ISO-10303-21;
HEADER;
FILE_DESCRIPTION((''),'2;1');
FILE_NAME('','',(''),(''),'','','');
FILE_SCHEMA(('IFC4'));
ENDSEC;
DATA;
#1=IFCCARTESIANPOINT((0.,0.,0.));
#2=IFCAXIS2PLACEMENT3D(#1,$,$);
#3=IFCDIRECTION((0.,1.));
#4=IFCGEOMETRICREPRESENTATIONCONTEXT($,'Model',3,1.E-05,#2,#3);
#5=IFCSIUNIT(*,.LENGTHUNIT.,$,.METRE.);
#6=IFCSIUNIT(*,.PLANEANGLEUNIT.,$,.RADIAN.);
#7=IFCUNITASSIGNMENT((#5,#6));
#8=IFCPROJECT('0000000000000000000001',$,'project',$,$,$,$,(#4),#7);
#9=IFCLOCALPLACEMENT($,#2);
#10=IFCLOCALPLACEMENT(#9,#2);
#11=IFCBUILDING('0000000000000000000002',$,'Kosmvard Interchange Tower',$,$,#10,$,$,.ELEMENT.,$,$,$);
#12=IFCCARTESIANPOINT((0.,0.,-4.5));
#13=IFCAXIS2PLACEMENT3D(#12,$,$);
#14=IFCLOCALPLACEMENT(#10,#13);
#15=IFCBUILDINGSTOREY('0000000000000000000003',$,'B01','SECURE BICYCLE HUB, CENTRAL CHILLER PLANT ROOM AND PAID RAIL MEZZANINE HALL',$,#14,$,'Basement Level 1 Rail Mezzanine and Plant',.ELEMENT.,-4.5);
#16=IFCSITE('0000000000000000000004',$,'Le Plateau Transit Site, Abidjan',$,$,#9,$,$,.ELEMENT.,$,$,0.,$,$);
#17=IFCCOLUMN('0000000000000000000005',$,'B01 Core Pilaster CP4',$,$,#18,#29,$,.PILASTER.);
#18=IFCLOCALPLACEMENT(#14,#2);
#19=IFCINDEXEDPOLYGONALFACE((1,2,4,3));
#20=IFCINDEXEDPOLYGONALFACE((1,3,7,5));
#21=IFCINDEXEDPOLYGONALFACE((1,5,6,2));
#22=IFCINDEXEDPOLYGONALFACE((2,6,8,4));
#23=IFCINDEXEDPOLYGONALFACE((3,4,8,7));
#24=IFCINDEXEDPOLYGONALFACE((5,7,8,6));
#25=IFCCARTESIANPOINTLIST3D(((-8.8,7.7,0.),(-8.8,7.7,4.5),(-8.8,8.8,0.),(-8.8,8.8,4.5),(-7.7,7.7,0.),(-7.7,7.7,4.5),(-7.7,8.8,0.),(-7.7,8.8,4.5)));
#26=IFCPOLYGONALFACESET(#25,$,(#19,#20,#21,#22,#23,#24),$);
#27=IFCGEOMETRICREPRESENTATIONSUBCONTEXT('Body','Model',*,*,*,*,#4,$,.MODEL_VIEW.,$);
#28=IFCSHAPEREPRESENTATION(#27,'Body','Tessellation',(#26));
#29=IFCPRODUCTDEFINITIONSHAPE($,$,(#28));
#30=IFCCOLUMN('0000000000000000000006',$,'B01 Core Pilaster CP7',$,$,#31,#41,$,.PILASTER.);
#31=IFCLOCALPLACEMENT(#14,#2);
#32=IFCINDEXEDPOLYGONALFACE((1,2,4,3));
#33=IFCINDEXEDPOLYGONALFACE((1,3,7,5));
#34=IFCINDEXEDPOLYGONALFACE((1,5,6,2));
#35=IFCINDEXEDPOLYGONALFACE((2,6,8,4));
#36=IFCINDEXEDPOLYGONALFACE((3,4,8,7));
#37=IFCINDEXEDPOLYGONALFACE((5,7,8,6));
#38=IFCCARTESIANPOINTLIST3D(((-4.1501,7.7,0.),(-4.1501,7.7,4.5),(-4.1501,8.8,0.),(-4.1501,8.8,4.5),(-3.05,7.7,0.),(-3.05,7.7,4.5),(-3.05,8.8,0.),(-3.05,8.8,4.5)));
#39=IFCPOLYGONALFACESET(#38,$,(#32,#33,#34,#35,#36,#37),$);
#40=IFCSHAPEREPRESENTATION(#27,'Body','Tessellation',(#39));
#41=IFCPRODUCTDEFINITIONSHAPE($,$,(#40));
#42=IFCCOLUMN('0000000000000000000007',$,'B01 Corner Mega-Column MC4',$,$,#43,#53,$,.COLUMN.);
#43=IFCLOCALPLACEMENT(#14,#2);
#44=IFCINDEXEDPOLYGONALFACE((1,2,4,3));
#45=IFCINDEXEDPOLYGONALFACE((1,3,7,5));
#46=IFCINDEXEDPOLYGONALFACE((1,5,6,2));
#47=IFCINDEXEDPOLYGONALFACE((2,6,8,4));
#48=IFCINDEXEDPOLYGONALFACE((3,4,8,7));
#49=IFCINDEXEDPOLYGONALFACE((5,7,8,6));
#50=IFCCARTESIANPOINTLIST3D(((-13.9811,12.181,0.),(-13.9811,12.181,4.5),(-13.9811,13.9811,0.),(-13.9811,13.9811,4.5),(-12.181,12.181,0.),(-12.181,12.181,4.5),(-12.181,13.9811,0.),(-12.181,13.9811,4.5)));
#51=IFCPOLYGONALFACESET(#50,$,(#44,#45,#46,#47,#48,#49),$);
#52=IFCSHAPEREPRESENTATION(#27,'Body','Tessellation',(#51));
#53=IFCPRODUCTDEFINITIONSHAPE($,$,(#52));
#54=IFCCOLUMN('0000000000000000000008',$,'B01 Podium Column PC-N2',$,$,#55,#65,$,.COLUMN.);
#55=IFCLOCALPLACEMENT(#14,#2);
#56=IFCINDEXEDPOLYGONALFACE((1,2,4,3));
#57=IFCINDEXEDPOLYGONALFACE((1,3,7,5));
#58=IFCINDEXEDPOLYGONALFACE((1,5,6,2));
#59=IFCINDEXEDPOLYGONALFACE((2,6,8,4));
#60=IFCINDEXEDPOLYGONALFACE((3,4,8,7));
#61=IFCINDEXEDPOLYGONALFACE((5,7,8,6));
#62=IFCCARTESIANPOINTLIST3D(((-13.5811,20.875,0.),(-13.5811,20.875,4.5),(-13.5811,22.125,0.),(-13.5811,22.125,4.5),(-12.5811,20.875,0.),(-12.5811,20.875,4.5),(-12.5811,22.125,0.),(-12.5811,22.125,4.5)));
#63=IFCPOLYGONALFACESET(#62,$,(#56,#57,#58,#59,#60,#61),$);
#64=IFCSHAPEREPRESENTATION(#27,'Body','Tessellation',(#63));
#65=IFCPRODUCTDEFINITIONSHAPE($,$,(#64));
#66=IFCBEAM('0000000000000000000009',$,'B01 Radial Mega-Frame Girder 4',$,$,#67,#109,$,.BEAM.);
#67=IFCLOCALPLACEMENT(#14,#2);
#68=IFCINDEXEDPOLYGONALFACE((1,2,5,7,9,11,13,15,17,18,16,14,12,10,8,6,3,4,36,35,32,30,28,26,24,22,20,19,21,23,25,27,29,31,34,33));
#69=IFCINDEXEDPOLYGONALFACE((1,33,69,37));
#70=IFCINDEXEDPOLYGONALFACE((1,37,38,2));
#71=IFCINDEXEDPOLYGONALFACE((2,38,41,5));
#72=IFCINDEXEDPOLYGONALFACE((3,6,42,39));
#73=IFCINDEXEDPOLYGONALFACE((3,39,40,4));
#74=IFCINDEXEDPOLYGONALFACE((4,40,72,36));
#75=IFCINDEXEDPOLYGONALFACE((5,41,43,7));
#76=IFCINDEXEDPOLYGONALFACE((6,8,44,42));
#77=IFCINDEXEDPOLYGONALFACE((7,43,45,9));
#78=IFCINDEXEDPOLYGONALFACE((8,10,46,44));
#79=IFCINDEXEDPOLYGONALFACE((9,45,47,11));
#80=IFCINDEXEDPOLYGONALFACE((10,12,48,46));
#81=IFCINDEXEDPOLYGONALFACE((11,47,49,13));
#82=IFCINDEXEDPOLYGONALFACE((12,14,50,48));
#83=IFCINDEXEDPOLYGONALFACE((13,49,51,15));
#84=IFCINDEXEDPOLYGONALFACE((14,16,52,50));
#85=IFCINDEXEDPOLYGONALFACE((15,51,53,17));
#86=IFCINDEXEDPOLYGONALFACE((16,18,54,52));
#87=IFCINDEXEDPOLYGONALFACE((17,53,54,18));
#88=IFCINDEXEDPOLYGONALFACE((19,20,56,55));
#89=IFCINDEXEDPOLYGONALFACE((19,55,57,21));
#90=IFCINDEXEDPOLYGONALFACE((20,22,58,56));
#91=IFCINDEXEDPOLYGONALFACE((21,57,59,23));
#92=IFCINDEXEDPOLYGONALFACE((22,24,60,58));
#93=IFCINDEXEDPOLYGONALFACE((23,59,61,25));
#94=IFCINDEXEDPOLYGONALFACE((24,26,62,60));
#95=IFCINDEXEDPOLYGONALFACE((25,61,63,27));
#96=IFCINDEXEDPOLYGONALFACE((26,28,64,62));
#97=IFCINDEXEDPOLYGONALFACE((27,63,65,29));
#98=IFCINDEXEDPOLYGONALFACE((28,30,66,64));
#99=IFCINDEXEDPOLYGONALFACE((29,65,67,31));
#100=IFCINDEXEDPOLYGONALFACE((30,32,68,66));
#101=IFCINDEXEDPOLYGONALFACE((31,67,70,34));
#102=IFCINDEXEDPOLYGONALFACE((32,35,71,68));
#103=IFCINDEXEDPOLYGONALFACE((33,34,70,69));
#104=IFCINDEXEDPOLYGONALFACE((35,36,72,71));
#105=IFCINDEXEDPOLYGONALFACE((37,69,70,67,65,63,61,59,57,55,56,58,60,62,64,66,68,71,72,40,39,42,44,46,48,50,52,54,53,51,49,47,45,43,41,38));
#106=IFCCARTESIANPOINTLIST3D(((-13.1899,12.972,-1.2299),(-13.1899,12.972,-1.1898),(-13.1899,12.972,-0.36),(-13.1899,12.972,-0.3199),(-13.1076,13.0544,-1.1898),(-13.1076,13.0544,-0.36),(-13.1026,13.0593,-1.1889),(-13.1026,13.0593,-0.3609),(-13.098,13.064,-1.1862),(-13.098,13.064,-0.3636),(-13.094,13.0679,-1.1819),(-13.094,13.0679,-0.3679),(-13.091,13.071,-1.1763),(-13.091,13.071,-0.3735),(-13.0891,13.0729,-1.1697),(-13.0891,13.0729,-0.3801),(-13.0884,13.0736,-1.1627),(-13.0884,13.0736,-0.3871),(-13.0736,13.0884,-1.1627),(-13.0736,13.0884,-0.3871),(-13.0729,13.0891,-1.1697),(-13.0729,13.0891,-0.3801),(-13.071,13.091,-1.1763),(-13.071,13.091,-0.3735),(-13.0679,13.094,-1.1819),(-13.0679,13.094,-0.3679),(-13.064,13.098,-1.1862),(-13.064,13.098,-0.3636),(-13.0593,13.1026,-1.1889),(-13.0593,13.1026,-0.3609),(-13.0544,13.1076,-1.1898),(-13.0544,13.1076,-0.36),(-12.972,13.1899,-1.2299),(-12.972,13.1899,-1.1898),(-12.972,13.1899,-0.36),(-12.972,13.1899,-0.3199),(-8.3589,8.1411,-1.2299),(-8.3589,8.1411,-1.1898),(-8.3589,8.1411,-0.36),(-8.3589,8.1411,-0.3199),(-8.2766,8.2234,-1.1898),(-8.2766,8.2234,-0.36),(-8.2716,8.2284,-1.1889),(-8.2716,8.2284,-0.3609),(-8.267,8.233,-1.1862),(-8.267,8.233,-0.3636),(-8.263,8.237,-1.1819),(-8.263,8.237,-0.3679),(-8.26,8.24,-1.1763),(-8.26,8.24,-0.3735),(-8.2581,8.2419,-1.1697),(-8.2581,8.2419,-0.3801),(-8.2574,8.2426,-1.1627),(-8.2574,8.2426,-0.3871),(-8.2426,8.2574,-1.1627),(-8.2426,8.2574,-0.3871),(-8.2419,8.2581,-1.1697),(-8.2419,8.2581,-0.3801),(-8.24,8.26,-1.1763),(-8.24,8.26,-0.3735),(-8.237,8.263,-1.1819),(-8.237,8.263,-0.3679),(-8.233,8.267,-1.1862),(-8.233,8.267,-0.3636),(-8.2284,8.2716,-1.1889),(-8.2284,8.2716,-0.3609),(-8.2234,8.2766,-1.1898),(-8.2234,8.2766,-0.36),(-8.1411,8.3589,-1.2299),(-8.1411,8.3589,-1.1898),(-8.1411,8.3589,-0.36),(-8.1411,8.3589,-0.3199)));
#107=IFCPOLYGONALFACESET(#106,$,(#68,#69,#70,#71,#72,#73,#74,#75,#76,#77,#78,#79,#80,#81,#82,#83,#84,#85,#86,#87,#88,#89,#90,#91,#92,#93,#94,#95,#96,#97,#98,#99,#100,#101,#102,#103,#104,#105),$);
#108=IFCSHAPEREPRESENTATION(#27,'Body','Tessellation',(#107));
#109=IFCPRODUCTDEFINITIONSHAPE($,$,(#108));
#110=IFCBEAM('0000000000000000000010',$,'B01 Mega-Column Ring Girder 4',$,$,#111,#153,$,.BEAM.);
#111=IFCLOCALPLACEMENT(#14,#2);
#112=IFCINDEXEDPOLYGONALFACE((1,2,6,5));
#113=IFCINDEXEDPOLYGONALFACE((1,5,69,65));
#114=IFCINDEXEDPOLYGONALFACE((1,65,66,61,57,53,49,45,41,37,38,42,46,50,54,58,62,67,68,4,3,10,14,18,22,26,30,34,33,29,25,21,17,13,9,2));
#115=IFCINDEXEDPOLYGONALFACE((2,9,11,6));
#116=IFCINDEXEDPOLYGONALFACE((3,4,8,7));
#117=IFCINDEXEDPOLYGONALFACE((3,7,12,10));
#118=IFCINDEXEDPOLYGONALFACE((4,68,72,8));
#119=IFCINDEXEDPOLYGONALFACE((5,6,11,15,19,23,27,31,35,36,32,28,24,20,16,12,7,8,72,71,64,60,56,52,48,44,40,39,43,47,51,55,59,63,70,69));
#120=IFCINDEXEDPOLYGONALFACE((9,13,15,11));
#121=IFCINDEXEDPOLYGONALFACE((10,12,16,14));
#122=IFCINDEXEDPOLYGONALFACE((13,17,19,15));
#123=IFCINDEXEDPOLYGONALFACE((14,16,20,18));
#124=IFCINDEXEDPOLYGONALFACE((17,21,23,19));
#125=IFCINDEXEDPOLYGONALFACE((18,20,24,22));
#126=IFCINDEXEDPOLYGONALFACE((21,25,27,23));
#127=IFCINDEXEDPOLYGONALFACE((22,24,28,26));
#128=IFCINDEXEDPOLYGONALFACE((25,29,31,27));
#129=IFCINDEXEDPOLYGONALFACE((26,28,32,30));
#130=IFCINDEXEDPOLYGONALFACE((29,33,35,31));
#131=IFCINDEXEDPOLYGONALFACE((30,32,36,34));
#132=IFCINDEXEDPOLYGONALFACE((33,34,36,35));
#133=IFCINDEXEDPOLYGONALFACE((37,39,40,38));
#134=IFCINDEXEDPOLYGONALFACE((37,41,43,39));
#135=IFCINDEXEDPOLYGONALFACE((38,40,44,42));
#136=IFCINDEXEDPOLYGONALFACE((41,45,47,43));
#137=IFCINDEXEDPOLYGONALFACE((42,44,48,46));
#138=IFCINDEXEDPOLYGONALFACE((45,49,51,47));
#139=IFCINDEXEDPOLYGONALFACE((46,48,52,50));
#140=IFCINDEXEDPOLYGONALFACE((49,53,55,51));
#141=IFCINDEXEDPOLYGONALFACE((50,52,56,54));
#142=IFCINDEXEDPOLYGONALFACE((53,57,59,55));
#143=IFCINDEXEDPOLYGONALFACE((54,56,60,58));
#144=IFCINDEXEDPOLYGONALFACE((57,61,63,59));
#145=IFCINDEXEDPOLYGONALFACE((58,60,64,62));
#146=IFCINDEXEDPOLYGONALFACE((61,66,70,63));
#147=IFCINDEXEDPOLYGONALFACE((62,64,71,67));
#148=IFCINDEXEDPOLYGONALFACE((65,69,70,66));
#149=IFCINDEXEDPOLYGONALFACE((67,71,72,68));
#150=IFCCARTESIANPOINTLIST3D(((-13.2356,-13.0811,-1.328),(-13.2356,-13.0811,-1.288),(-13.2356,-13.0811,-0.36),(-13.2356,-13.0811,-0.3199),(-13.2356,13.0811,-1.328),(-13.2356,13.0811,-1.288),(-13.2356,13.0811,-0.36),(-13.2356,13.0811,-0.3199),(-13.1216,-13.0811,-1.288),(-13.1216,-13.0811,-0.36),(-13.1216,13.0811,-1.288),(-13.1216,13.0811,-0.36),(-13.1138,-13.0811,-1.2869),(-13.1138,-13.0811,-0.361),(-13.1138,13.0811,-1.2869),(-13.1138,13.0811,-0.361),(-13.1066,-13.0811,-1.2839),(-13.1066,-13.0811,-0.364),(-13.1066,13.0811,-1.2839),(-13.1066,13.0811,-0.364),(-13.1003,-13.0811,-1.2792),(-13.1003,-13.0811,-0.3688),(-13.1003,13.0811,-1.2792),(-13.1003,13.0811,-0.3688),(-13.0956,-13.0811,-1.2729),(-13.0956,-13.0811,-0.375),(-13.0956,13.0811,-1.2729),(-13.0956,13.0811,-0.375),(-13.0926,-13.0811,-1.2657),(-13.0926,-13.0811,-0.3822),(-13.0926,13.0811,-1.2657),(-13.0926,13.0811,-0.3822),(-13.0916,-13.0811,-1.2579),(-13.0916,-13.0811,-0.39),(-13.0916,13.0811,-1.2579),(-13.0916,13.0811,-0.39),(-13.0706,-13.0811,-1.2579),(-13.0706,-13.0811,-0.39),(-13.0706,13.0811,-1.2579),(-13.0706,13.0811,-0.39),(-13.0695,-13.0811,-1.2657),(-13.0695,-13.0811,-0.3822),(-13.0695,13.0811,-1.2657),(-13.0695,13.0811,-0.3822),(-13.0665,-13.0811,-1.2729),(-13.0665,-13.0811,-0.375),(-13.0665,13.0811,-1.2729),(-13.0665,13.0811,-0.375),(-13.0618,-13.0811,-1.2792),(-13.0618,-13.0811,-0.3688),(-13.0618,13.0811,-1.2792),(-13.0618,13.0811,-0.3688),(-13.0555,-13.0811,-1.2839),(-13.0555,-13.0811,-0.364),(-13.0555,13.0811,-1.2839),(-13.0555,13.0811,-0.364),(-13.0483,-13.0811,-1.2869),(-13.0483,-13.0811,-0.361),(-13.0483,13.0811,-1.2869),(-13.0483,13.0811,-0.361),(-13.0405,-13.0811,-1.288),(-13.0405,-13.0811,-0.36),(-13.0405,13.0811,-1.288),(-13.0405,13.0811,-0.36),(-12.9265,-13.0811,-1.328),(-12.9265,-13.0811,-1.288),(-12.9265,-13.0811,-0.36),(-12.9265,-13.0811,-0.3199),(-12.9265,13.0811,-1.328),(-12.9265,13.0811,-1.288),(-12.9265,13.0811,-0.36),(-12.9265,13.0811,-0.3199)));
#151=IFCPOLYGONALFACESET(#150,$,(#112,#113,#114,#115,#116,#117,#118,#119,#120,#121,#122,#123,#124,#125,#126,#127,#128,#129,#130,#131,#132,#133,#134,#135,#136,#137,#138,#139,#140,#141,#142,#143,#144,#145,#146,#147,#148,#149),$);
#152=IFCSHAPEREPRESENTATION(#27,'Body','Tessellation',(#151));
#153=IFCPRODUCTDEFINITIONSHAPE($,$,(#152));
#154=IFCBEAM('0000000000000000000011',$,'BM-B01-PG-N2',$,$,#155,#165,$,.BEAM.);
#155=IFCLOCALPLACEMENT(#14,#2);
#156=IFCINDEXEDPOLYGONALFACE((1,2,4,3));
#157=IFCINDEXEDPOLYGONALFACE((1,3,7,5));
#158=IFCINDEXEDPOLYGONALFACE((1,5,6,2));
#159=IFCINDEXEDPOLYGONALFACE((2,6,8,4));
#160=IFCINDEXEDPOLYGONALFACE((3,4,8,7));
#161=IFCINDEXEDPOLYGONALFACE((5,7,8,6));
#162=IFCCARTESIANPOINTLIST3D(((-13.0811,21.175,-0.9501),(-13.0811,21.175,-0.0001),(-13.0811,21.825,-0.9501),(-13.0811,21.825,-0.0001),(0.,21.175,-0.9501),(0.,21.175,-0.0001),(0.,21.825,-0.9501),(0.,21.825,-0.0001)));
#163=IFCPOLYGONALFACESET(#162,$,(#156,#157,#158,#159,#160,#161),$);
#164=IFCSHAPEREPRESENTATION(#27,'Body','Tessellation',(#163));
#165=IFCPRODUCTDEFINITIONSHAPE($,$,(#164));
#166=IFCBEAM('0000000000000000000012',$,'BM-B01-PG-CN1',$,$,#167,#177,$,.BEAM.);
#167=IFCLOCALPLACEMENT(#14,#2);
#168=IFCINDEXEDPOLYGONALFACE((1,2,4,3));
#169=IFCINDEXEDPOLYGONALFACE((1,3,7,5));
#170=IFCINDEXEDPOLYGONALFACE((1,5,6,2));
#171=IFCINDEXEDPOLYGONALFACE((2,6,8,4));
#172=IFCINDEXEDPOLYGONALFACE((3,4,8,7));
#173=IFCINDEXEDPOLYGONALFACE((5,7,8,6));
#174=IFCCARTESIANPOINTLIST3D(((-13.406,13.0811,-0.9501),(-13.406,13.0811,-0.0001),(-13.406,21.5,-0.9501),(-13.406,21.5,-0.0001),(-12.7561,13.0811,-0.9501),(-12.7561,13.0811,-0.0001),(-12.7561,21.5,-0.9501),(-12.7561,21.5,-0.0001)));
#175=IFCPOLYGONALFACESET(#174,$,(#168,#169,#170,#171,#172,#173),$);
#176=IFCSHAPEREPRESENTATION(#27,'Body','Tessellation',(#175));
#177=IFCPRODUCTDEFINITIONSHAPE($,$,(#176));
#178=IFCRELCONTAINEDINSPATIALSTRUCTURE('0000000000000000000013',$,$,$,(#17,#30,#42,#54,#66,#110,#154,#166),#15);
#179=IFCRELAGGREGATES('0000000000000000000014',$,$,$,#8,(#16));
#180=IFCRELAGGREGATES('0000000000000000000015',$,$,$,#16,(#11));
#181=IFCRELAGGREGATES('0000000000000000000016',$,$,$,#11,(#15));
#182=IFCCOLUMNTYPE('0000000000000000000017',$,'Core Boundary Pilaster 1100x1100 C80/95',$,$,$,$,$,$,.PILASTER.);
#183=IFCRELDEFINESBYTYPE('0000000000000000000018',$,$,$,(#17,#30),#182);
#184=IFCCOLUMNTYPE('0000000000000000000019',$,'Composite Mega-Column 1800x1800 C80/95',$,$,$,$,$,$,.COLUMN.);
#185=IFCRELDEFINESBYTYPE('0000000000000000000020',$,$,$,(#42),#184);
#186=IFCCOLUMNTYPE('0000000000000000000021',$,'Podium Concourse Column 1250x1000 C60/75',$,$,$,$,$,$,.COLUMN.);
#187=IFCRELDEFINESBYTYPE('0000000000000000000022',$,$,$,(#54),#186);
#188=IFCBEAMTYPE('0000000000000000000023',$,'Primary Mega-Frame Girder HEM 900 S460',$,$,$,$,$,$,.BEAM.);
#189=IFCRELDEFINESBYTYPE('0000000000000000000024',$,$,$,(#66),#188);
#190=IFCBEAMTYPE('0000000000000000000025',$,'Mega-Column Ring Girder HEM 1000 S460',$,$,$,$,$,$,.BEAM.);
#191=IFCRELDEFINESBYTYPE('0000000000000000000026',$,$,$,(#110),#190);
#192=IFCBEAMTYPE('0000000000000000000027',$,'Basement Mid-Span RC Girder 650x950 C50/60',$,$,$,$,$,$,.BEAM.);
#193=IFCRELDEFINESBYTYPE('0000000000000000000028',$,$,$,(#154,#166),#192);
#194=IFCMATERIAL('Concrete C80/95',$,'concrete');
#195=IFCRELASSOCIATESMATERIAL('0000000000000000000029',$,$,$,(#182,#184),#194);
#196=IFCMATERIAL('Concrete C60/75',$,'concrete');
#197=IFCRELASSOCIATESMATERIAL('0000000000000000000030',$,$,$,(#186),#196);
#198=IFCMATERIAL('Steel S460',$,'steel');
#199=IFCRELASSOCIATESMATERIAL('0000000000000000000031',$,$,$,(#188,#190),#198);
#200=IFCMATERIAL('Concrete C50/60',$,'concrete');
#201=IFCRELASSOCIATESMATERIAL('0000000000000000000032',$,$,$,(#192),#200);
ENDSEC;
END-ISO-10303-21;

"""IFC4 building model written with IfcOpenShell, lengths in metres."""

from ifc_helpers import new_model, si_unit, direction, frame, origin, origin_2d, place, context, subcontext, project, spatial, rectangle, i_section, extrude, source, transform, mapped, material, material_profile, profile_set, type_object, element, save


model = new_model("IFC4")

# Units and contexts
model_context = context("Model", 3, precision=1e-05, world=origin(), true_north=direction((0.0, 1.0)))
body_context = subcontext(model_context, "Body", "Model", "MODEL_VIEW")
ifc_project = project(units=[si_unit("LENGTHUNIT", "METRE"), si_unit("PLANEANGLEUNIT", "RADIAN")], contexts=[model_context])

# Site, building, storey
site_placement = place(None, origin())
site = spatial("IfcSite", under=ifc_project, at=site_placement, Name="Le Plateau Transit Site, Abidjan", CompositionType="ELEMENT", RefElevation=0.0)
building_placement = place(site_placement, origin())
building = spatial("IfcBuilding", under=site, at=building_placement, Name="Kosmvard Interchange Tower", CompositionType="ELEMENT")
storey_placement = place(building_placement, frame((0.0, 0.0, -4.5)))
storey = spatial("IfcBuildingStorey", under=building, at=storey_placement, Name="B01", Description="SECURE BICYCLE HUB, CENTRAL CHILLER PLANT ROOM AND PAID RAIL MEZZANINE HALL", LongName="Basement Level 1 Rail Mezzanine and Plant", CompositionType="ELEMENT", Elevation=-4.5)

# Columns
ifc_material_1 = material(Name="Concrete C80/95", Category="concrete")
ifc_material_profile_1 = material_profile(ifc_material_1, rectangle(XDim=1.1001, YDim=1.1001, at=origin_2d()), Name="CP 1100x1100")
ifc_profile_set_1 = profile_set([ifc_material_profile_1], Name="Concrete C80/95")
column_type_1 = type_object("IfcColumnType", Name="Core Boundary Pilaster 1100x1100 C80/95", PredefinedType="PILASTER", material=ifc_profile_set_1)
shared_shape_1 = source(origin(), body_context, "Body", "SweptSolid", [
    extrude(rectangle(XDim=1.1001, YDim=1.1001, at=origin_2d()), origin(), (0.0, 0.0, 1.0), 4.5),
])
for number, where, z_axis, x_axis, name in (
    (1, (-8.25, 8.25, 0.0), (0.0, 0.0, 1.0), (1.0, 0.0, 0.0), "B01 Core Pilaster CP4"),
    (2, (-3.6001, 8.25, 0.0), (0.0, 0.0, 1.0), (1.0, 0.0, 0.0), "B01 Core Pilaster CP7"),
):
    element("IfcColumn", number, at=place(storey_placement, frame(where, z_axis=z_axis, x_axis=x_axis)), inside=storey, type_object=column_type_1, Name=name, PredefinedType="PILASTER", context=body_context, shape_type="MappedRepresentation", body=[
        mapped(shared_shape_1, transform((0.0, 0.0, 0.0), scale=1.0)),
    ])
ifc_material_profile_2 = material_profile(ifc_material_1, rectangle(XDim=1.8, YDim=1.8, at=origin_2d()), Name="MC 1800x1800")
ifc_profile_set_2 = profile_set([ifc_material_profile_2], Name="Concrete C80/95")
column_type_2 = type_object("IfcColumnType", Name="Composite Mega-Column 1800x1800 C80/95", PredefinedType="COLUMN", material=ifc_profile_set_2)
shared_shape_2 = source(origin(), body_context, "Body", "SweptSolid", [
    extrude(rectangle(XDim=1.8, YDim=1.8, at=origin_2d()), origin(), (0.0, 0.0, 1.0), 4.5),
])
column_1_placement = place(storey_placement, frame((-13.0811, 13.0811, 0.0), z_axis=(0.0, 0.0, 1.0), x_axis=(1.0, 0.0, 0.0)))
element("IfcColumn", 3, at=column_1_placement, inside=storey, type_object=column_type_2, Name="B01 Corner Mega-Column MC4", PredefinedType="COLUMN", context=body_context, shape_type="MappedRepresentation", body=[
    mapped(shared_shape_2, transform((0.0, 0.0, 0.0), scale=1.0)),
])
ifc_material_2 = material(Name="Concrete C60/75", Category="concrete")
ifc_material_profile_3 = material_profile(ifc_material_2, rectangle(XDim=1.0, YDim=1.25, at=origin_2d()), Name="PC 1250x1000")
ifc_profile_set_3 = profile_set([ifc_material_profile_3], Name="Concrete C60/75")
column_type_3 = type_object("IfcColumnType", Name="Podium Concourse Column 1250x1000 C60/75", PredefinedType="COLUMN", material=ifc_profile_set_3)
shared_shape_3 = source(origin(), body_context, "Body", "SweptSolid", [
    extrude(rectangle(XDim=1.0, YDim=1.25, at=origin_2d()), origin(), (0.0, 0.0, 1.0), 4.5),
])
column_2_placement = place(storey_placement, frame((-13.0811, 21.5, 0.0), z_axis=(0.0, 0.0, 1.0), x_axis=(1.0, 0.0, 0.0)))
element("IfcColumn", 4, at=column_2_placement, inside=storey, type_object=column_type_3, Name="B01 Podium Column PC-N2", PredefinedType="COLUMN", context=body_context, shape_type="MappedRepresentation", body=[
    mapped(shared_shape_3, transform((0.0, 0.0, 0.0), scale=1.0)),
])

# Beams
ifc_material_3 = material(Name="Steel S460", Category="steel")
ifc_material_profile_4 = material_profile(ifc_material_3, i_section(OverallWidth=0.3081, OverallDepth=0.9099, WebThickness=0.021, FlangeThickness=0.04, FilletRadius=0.0271, at=origin_2d()), Name="HEM 900")
ifc_profile_set_4 = profile_set([ifc_material_profile_4], Name="Steel S460")
beam_type_1 = type_object("IfcBeamType", Name="Primary Mega-Frame Girder HEM 900 S460", PredefinedType="BEAM", material=ifc_profile_set_4)
shared_shape_4 = source(origin(), body_context, "Body", "SweptSolid", [
    extrude(i_section(OverallWidth=0.3081, OverallDepth=0.9099, WebThickness=0.021, FlangeThickness=0.04, FilletRadius=0.0271, at=origin_2d()), origin(), (0.0, 0.0, 1.0), 6.832),
])
beam_1_placement = place(storey_placement, frame((-8.25, 8.25, -0.7749), z_axis=(-0.707107, 0.707107, 0.0), x_axis=(-0.707107, -0.707107, 0.0)))
element("IfcBeam", 5, at=beam_1_placement, inside=storey, type_object=beam_type_1, Name="B01 Radial Mega-Frame Girder 4", PredefinedType="BEAM", context=body_context, shape_type="MappedRepresentation", body=[
    mapped(shared_shape_4, transform((0.0, 0.0, 0.0), scale=1.0)),
])
ifc_material_profile_5 = material_profile(ifc_material_3, i_section(OverallWidth=0.3091, OverallDepth=1.0081, WebThickness=0.021, FlangeThickness=0.04, FilletRadius=0.03, at=origin_2d()), Name="HEM 1000")
ifc_profile_set_5 = profile_set([ifc_material_profile_5], Name="Steel S460")
beam_type_2 = type_object("IfcBeamType", Name="Mega-Column Ring Girder HEM 1000 S460", PredefinedType="BEAM", material=ifc_profile_set_5)
shared_shape_5 = source(origin(), body_context, "Body", "SweptSolid", [
    extrude(i_section(OverallWidth=0.3091, OverallDepth=1.0081, WebThickness=0.021, FlangeThickness=0.04, FilletRadius=0.03, at=origin_2d()), origin(), (0.0, 0.0, 1.0), 26.1621),
])
beam_2_placement = place(storey_placement, frame((-13.0811, 13.0811, -0.824), z_axis=(0.0, -1.0, 0.0), x_axis=(1.0, 0.0, 0.0)))
element("IfcBeam", 6, at=beam_2_placement, inside=storey, type_object=beam_type_2, Name="B01 Mega-Column Ring Girder 4", PredefinedType="BEAM", context=body_context, shape_type="MappedRepresentation", body=[
    mapped(shared_shape_5, transform((0.0, 0.0, 0.0), scale=1.0)),
])
ifc_material_4 = material(Name="Concrete C50/60", Category="concrete")
ifc_material_profile_6 = material_profile(ifc_material_4, rectangle(XDim=0.6499, YDim=0.95, at=origin_2d()), Name="RCG 650x950")
ifc_profile_set_6 = profile_set([ifc_material_profile_6], Name="Concrete C50/60")
beam_type_3 = type_object("IfcBeamType", Name="Basement Mid-Span RC Girder 650x950 C50/60", PredefinedType="BEAM", material=ifc_profile_set_6)
shared_shape_6 = source(origin(), body_context, "Body", "SweptSolid", [
    extrude(rectangle(XDim=0.6499, YDim=0.95, at=origin_2d()), origin(), (0.0, 0.0, 1.0), 13.0811),
])
beam_3_placement = place(storey_placement, frame((-13.0811, 21.5, -0.4751), z_axis=(1.0, 0.0, 0.0), x_axis=(0.0, 1.0, 0.0)))
element("IfcBeam", 7, at=beam_3_placement, inside=storey, type_object=beam_type_3, Name="BM-B01-PG-N2", PredefinedType="BEAM", context=body_context, shape_type="MappedRepresentation", body=[
    mapped(shared_shape_6, transform((0.0, 0.0, 0.0), scale=1.0)),
])
shared_shape_7 = source(origin(), body_context, "Body", "SweptSolid", [
    extrude(rectangle(XDim=0.6499, YDim=0.95, at=origin_2d()), origin(), (0.0, 0.0, 1.0), 8.4189),
])
beam_4_placement = place(storey_placement, frame((-13.0811, 21.5, -0.4751), z_axis=(0.0, -1.0, 0.0), x_axis=(1.0, 0.0, 0.0)))
element("IfcBeam", 8, at=beam_4_placement, inside=storey, type_object=beam_type_3, Name="BM-B01-PG-CN1", PredefinedType="BEAM", context=body_context, shape_type="MappedRepresentation", body=[
    mapped(shared_shape_7, transform((0.0, 0.0, 0.0), scale=1.0)),
])

save(model, "model.ifc")
